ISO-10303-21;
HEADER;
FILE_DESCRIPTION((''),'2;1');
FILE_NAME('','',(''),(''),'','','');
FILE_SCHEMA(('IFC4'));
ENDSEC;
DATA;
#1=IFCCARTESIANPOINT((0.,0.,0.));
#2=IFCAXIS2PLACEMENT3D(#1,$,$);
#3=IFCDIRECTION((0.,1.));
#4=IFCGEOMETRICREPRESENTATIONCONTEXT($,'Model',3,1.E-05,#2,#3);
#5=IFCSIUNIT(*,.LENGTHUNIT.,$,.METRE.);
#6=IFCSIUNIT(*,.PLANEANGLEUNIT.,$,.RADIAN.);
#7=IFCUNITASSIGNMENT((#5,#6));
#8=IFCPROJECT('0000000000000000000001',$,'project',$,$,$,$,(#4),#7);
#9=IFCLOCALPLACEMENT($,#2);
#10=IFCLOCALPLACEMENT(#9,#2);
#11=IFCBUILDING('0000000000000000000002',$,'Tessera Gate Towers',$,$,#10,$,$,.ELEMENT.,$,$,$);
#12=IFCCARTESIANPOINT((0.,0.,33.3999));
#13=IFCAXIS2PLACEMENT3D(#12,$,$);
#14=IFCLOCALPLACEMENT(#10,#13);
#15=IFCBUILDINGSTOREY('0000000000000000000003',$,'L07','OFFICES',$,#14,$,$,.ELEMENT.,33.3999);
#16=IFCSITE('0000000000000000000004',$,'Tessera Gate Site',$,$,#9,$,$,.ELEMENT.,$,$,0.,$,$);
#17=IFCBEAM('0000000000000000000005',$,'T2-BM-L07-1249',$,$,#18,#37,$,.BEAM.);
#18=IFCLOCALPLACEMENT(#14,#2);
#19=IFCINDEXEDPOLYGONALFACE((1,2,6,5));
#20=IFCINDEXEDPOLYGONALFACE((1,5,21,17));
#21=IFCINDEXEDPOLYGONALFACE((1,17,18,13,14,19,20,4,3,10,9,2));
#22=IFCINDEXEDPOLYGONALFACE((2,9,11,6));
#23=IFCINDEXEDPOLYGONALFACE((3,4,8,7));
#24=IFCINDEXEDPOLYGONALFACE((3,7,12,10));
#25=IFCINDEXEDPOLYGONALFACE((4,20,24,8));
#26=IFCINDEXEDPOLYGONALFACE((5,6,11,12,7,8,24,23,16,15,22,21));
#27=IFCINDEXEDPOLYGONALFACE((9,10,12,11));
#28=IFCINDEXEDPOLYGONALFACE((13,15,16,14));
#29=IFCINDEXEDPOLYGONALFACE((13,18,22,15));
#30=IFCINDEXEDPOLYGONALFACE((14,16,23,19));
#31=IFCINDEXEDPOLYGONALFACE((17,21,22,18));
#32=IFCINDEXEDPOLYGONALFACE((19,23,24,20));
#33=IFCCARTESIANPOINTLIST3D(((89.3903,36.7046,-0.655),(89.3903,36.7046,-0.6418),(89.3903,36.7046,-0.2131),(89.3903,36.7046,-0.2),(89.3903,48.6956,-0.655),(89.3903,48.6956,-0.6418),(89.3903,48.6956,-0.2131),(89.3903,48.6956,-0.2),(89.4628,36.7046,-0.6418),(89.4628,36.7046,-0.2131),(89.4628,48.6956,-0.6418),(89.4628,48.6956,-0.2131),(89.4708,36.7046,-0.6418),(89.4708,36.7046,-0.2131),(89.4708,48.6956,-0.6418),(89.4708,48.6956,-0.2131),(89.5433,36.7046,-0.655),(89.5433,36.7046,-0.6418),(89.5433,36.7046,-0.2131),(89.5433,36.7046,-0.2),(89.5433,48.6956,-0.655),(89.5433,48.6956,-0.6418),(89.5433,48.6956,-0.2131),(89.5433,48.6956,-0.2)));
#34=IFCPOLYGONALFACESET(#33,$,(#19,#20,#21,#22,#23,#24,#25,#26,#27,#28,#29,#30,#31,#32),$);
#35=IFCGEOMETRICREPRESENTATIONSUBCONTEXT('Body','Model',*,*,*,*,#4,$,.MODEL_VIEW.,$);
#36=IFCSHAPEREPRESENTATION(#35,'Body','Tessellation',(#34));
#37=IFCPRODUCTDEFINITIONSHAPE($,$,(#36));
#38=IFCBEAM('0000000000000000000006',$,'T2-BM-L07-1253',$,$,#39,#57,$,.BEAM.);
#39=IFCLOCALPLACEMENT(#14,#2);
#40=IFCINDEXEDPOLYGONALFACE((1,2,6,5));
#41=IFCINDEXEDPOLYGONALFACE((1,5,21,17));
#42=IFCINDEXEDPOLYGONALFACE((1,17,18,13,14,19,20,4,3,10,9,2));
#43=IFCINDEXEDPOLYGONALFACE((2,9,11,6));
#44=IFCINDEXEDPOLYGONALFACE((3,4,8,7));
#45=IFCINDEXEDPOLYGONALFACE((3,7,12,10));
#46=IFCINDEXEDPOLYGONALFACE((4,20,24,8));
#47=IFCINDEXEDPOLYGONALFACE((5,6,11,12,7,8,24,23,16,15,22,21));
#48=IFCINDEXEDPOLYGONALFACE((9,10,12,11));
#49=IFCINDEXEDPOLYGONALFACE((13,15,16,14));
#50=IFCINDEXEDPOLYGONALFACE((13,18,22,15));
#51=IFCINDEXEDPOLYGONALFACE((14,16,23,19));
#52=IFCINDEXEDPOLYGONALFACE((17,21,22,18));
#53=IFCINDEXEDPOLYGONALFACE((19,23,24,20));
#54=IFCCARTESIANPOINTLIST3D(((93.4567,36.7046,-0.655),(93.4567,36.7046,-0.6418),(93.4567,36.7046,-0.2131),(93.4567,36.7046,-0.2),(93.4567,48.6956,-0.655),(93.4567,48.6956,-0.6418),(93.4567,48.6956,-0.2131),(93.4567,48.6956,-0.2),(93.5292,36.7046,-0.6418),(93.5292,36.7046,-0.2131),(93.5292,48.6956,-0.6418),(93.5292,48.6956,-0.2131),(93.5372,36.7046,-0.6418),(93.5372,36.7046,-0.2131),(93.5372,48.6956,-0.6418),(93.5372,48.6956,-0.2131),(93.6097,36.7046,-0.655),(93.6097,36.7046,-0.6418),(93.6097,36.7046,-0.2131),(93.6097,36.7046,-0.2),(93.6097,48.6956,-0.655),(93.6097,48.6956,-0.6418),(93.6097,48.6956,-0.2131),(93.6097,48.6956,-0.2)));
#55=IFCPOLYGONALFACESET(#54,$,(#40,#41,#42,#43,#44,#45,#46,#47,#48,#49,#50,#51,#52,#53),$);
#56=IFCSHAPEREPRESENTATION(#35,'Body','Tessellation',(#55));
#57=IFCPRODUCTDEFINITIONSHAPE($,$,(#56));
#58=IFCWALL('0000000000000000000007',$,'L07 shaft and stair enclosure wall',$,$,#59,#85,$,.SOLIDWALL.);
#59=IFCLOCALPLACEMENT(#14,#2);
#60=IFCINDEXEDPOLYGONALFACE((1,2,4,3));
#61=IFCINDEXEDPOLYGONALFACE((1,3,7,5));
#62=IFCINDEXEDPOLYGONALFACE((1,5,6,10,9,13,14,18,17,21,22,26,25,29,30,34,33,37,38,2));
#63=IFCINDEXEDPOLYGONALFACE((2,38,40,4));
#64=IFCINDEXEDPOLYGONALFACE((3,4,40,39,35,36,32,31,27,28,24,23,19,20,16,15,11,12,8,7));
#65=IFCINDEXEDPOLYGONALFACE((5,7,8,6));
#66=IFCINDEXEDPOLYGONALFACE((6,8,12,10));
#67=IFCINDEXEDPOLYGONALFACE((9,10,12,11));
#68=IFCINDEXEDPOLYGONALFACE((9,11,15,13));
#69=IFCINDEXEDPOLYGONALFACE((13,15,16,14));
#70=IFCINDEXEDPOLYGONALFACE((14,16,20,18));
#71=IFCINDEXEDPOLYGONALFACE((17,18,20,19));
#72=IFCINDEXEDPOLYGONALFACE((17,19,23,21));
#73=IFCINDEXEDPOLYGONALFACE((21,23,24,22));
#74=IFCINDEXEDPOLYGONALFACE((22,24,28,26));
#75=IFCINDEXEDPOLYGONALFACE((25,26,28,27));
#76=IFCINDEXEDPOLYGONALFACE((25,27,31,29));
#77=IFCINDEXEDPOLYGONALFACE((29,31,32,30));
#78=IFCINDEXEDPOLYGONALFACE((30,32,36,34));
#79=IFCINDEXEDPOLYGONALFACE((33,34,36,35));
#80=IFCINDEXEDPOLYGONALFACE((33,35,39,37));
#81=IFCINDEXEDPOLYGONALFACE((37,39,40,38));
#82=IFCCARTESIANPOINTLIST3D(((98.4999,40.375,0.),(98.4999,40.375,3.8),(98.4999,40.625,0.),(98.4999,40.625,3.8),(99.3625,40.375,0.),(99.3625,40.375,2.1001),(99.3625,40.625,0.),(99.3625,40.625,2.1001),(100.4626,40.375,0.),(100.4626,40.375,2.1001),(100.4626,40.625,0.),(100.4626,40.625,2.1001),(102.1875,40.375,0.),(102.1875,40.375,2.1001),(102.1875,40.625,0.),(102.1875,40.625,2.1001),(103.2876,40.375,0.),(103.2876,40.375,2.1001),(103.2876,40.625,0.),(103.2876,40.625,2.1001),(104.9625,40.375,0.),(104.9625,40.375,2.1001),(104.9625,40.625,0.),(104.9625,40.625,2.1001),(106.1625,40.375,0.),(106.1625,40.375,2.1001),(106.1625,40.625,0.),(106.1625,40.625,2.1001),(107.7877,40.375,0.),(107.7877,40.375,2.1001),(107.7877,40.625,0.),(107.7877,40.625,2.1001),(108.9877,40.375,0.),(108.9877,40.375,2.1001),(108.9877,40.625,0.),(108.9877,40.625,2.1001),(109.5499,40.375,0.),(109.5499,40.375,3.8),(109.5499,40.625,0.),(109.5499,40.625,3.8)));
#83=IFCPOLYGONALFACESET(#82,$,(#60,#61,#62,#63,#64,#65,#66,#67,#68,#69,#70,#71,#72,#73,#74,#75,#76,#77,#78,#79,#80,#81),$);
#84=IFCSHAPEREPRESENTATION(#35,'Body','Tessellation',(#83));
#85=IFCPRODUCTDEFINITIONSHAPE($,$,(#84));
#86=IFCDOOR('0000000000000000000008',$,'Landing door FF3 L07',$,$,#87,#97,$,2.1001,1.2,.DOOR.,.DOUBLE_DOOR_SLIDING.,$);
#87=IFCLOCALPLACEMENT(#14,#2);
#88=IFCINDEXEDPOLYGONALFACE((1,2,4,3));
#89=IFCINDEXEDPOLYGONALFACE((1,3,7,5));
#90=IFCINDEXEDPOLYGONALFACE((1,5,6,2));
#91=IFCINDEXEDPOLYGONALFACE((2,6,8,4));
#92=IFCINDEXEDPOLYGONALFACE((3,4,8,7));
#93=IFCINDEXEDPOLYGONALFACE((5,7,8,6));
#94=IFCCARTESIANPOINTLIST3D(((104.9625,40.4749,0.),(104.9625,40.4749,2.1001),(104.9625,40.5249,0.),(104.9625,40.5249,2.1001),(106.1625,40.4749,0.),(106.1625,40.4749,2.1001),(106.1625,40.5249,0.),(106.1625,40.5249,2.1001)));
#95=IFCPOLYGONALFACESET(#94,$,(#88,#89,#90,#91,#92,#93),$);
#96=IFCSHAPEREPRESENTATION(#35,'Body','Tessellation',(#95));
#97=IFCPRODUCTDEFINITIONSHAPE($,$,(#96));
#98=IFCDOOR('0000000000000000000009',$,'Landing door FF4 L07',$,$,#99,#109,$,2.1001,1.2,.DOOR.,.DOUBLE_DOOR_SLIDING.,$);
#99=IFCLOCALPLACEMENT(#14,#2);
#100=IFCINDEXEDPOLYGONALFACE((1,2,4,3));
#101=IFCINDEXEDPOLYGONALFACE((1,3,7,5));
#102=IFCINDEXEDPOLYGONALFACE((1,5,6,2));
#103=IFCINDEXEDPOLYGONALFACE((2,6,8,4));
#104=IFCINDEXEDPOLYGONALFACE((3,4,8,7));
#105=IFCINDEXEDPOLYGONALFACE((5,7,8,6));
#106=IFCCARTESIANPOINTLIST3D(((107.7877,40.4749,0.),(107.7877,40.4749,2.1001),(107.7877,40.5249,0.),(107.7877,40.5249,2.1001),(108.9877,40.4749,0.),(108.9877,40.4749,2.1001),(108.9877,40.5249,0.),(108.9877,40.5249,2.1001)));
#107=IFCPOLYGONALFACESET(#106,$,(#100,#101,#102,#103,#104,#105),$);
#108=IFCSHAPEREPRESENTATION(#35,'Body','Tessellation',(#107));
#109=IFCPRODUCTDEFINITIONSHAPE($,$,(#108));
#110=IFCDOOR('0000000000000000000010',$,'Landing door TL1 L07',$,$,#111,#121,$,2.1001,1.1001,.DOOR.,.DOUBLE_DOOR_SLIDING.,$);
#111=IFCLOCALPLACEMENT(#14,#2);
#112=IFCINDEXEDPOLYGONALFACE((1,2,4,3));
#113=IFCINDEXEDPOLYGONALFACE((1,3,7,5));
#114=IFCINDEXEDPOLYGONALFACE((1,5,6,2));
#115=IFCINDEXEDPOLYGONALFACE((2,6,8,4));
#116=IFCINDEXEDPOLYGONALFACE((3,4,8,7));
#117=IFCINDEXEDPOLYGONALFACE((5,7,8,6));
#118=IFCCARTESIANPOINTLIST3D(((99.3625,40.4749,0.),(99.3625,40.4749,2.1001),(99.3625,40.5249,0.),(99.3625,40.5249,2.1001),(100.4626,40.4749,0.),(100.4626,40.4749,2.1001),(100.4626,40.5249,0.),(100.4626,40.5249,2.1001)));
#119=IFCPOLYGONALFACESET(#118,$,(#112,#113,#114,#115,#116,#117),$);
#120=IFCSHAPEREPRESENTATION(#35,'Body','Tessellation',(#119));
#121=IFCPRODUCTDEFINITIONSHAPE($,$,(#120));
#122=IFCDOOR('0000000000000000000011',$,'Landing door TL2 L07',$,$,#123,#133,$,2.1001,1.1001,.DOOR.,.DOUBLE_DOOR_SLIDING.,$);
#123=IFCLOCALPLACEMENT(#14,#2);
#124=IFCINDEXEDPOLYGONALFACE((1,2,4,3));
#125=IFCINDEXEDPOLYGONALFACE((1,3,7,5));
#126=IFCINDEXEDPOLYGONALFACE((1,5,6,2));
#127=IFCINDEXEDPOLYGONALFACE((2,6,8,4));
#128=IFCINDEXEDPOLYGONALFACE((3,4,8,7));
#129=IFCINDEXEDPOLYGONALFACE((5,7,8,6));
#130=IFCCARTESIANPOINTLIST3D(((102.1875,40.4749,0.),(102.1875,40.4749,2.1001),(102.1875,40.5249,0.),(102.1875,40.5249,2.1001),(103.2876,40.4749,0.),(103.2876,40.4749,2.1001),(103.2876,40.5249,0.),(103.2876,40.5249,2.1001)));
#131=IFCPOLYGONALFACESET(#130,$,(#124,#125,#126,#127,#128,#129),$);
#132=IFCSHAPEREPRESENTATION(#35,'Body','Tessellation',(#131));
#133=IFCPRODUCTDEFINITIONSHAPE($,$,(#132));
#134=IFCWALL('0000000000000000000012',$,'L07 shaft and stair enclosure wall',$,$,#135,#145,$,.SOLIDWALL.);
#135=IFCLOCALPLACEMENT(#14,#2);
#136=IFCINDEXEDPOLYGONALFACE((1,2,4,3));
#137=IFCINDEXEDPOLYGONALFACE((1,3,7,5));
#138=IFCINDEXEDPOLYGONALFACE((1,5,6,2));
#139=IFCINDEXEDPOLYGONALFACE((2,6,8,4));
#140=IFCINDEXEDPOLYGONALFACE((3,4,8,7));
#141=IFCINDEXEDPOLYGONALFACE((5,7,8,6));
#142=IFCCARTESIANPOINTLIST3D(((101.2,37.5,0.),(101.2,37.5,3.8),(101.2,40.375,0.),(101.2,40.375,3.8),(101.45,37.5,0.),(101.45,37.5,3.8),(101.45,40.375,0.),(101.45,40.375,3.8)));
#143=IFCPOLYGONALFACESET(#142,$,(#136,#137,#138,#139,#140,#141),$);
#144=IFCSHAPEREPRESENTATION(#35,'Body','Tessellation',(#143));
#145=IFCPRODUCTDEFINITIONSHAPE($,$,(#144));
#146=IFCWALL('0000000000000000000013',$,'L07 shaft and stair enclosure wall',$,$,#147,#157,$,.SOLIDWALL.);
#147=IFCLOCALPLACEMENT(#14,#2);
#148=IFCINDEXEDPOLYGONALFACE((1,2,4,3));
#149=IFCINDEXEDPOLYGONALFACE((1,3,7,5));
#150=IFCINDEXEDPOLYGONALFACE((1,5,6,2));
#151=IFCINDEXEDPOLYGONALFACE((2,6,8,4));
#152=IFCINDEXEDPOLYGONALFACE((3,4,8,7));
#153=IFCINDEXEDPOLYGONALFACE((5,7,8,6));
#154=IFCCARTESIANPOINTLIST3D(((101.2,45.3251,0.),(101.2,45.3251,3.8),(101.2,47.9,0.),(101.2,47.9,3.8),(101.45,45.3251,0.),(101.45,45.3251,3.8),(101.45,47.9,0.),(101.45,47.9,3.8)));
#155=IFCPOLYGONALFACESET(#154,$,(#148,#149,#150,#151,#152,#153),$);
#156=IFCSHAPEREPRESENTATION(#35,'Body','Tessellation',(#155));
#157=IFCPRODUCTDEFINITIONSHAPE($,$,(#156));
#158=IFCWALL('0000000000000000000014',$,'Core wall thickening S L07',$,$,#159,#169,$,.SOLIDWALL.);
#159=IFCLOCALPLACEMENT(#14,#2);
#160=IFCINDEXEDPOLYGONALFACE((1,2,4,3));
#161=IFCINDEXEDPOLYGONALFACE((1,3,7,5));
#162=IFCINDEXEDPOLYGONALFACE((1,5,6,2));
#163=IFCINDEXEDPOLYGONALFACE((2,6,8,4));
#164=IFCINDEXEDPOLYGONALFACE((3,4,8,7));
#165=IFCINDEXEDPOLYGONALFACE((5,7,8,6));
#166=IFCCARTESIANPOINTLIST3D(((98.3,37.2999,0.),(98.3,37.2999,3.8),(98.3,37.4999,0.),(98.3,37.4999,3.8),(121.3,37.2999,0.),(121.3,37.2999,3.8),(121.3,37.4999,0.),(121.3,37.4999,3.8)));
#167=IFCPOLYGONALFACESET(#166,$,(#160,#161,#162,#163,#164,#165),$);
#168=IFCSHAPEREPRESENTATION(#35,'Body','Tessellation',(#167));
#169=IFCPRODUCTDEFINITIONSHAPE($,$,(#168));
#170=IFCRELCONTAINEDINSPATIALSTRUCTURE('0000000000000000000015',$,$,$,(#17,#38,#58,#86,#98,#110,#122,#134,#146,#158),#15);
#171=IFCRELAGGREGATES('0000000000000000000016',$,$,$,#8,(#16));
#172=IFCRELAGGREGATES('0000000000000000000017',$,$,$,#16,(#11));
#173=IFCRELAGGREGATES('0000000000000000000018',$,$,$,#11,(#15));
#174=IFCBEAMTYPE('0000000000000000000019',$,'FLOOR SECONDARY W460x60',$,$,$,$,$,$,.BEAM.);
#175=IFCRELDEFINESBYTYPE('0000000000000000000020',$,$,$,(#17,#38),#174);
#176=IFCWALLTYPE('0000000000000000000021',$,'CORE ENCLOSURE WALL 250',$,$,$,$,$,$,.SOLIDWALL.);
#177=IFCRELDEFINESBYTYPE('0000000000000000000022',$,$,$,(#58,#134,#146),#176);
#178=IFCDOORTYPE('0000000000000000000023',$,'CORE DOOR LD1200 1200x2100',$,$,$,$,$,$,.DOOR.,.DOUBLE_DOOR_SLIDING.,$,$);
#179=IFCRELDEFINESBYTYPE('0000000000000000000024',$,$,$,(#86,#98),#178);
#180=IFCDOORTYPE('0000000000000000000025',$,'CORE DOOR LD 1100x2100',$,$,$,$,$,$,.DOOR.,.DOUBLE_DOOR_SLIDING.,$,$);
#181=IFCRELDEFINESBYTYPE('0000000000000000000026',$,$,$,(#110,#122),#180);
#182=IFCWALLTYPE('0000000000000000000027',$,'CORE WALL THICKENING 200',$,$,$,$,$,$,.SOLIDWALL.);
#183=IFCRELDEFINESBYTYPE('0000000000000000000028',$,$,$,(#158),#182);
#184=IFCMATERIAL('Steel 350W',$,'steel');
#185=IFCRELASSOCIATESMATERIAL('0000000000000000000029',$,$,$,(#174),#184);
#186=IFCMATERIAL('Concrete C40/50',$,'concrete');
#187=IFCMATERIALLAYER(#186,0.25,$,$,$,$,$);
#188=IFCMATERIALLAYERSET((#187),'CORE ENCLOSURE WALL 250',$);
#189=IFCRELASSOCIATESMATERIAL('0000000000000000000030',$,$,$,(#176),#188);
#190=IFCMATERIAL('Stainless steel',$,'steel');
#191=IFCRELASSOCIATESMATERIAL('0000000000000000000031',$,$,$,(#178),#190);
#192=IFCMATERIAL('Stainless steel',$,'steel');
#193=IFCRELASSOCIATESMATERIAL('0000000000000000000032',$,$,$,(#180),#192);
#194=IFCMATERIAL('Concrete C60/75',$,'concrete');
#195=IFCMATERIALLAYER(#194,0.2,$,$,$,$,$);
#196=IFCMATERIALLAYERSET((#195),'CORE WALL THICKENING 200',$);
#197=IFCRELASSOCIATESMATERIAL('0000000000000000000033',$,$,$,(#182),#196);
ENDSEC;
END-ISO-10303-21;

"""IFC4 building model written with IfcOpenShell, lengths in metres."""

from ifc_helpers import new_model, si_unit, direction, frame, frame_2d, origin, origin_2d, place, context, subcontext, project, spatial, rectangle, i_section, extrude, source, transform, mapped, material, layer, layer_set, material_profile, profile_set, type_object, element, fill, save


model = new_model("IFC4")

# Units and contexts
model_context = context("Model", 3, precision=1e-05, world=origin(), true_north=direction((0.0, 1.0)))
body_context = subcontext(model_context, "Body", "Model", "MODEL_VIEW")
ifc_project = project(units=[si_unit("LENGTHUNIT", "METRE"), si_unit("PLANEANGLEUNIT", "RADIAN")], contexts=[model_context])

# Site, building, storey
site_placement = place(None, origin())
site = spatial("IfcSite", under=ifc_project, at=site_placement, Name="Tessera Gate Site", CompositionType="ELEMENT", RefElevation=0.0)
building_placement = place(site_placement, origin())
building = spatial("IfcBuilding", under=site, at=building_placement, Name="Tessera Gate Towers", CompositionType="ELEMENT")
storey_placement = place(building_placement, frame((0.0, 0.0, 33.3999)))
storey = spatial("IfcBuildingStorey", under=building, at=storey_placement, Name="L07", Description="OFFICES", CompositionType="ELEMENT", Elevation=33.3999)

# Beams
ifc_material_1 = material(Name="Steel 350W", Category="steel")
ifc_material_profile = material_profile(ifc_material_1, i_section(OverallWidth=0.1531, OverallDepth=0.4551, WebThickness=0.0081, FlangeThickness=0.0132, at=origin_2d()), Name="W460x60")
ifc_profile_set = profile_set([ifc_material_profile], Name="Steel 350W")
beam_type = type_object("IfcBeamType", Name="FLOOR SECONDARY W460x60", PredefinedType="BEAM", material=ifc_profile_set)
for number, where, z_axis, x_axis, name in (
    (1, (89.4668, 36.7046, -0.4275), (0.0, 1.0, 0.0), (-1.0, 0.0, 0.0), "T2-BM-L07-1249"),
    (2, (93.5332, 36.7046, -0.4275), (0.0, 1.0, 0.0), (-1.0, 0.0, 0.0), "T2-BM-L07-1253"),
):
    element("IfcBeam", number, at=place(storey_placement, frame(where, z_axis=z_axis, x_axis=x_axis)), inside=storey, type_object=beam_type, Name=name, PredefinedType="BEAM", context=body_context, shape_type="SweptSolid", body=[
        extrude(i_section(OverallWidth=0.1531, OverallDepth=0.4551, WebThickness=0.0081, FlangeThickness=0.0132, at=origin_2d()), origin(), (0.0, 0.0, 1.0), 11.991),
    ])

# Wall, openings, doors
ifc_material_2 = material(Name="Concrete C40/50", Category="concrete")
ifc_layer_1 = layer(ifc_material_2, 0.25)
ifc_layer_set_1 = layer_set([ifc_layer_1], Name="CORE ENCLOSURE WALL 250")
wall_type_1 = type_object("IfcWallType", Name="CORE ENCLOSURE WALL 250", PredefinedType="SOLIDWALL", material=ifc_layer_set_1)
wall_1_placement = place(storey_placement, frame((98.5, 40.5, 0.0), z_axis=(0.0, 0.0, 1.0), x_axis=(1.0, 0.0, 0.0)))
wall_1 = element("IfcWall", 3, at=wall_1_placement, inside=storey, type_object=wall_type_1, Name="L07 shaft and stair enclosure wall", PredefinedType="SOLIDWALL", context=body_context, shape_type="SweptSolid", body=[
    extrude(rectangle(XDim=11.05, YDim=0.25, at=frame_2d((5.5249, 0.0))), origin(), (0.0, 0.0, 1.0), 3.8),
])
shared_shape_1 = source(origin(), body_context, "Body", "SweptSolid", [
    extrude(rectangle(XDim=1.1001, YDim=2.1001, at=frame_2d((0.55, 1.05))), frame((0.0, 0.135, 0.0), z_axis=(0.0, -1.0, 0.0), x_axis=(1.0, 0.0, 0.0)), (0.0, 0.0, 1.0), 0.27),
])
opening_1_placement = place(wall_1_placement, frame((0.8625, 0.0, 0.0)))
opening_1 = element("IfcOpeningElement", 4, at=opening_1_placement, cuts=wall_1, PredefinedType="OPENING", context=body_context, shape_type="MappedRepresentation", body=[
    mapped(shared_shape_1, transform((0.0, 0.0, 0.0), scale=1.0)),
])
opening_2_placement = place(wall_1_placement, frame((3.6875, 0.0, 0.0)))
opening_2 = element("IfcOpeningElement", 5, at=opening_2_placement, cuts=wall_1, PredefinedType="OPENING", context=body_context, shape_type="MappedRepresentation", body=[
    mapped(shared_shape_1, transform((0.0, 0.0, 0.0), scale=1.0)),
])
shared_shape_2 = source(origin(), body_context, "Body", "SweptSolid", [
    extrude(rectangle(XDim=1.2, YDim=2.1001, at=frame_2d((0.6001, 1.05))), frame((0.0, 0.135, 0.0), z_axis=(0.0, -1.0, 0.0), x_axis=(1.0, 0.0, 0.0)), (0.0, 0.0, 1.0), 0.27),
])
opening_3_placement = place(wall_1_placement, frame((6.4624, 0.0, 0.0)))
opening_3 = element("IfcOpeningElement", 6, at=opening_3_placement, cuts=wall_1, PredefinedType="OPENING", context=body_context, shape_type="MappedRepresentation", body=[
    mapped(shared_shape_2, transform((0.0, 0.0, 0.0), scale=1.0)),
])
opening_4_placement = place(wall_1_placement, frame((9.2876, 0.0, 0.0)))
opening_4 = element("IfcOpeningElement", 7, at=opening_4_placement, cuts=wall_1, PredefinedType="OPENING", context=body_context, shape_type="MappedRepresentation", body=[
    mapped(shared_shape_2, transform((0.0, 0.0, 0.0), scale=1.0)),
])
ifc_material_3 = material(Name="Stainless steel", Category="steel")
door_type_1 = type_object("IfcDoorType", Name="CORE DOOR LD1200 1200x2100", OperationType="DOUBLE_DOOR_SLIDING", PredefinedType="DOOR", material=ifc_material_3)
shared_shape_3 = source(origin(), body_context, "Body", "SweptSolid", [
    extrude(rectangle(XDim=1.2, YDim=2.1001, at=frame_2d((0.6001, 1.05))), frame((0.0, 0.0249, 0.0), z_axis=(0.0, -1.0, 0.0), x_axis=(1.0, 0.0, 0.0)), (0.0, 0.0, 1.0), 0.05),
])
door_1_placement = place(opening_3_placement, origin())
door_1 = element("IfcDoor", 8, at=door_1_placement, inside=storey, type_object=door_type_1, Name="Landing door FF3 L07", OperationType="DOUBLE_DOOR_SLIDING", OverallHeight=2.1001, OverallWidth=1.2, PredefinedType="DOOR", context=body_context, shape_type="MappedRepresentation", body=[
    mapped(shared_shape_3, transform((0.0, 0.0, 0.0), scale=1.0)),
])
fill(opening_3, door_1)
door_2_placement = place(opening_4_placement, origin())
door_2 = element("IfcDoor", 9, at=door_2_placement, inside=storey, type_object=door_type_1, Name="Landing door FF4 L07", OperationType="DOUBLE_DOOR_SLIDING", OverallHeight=2.1001, OverallWidth=1.2, PredefinedType="DOOR", context=body_context, shape_type="MappedRepresentation", body=[
    mapped(shared_shape_3, transform((0.0, 0.0, 0.0), scale=1.0)),
])
fill(opening_4, door_2)
ifc_material_4 = material(Name="Stainless steel", Category="steel")
door_type_2 = type_object("IfcDoorType", Name="CORE DOOR LD 1100x2100", OperationType="DOUBLE_DOOR_SLIDING", PredefinedType="DOOR", material=ifc_material_4)
shared_shape_4 = source(origin(), body_context, "Body", "SweptSolid", [
    extrude(rectangle(XDim=1.1001, YDim=2.1001, at=frame_2d((0.55, 1.05))), frame((0.0, 0.0249, 0.0), z_axis=(0.0, -1.0, 0.0), x_axis=(1.0, 0.0, 0.0)), (0.0, 0.0, 1.0), 0.05),
])
door_3_placement = place(opening_1_placement, origin())
door_3 = element("IfcDoor", 10, at=door_3_placement, inside=storey, type_object=door_type_2, Name="Landing door TL1 L07", OperationType="DOUBLE_DOOR_SLIDING", OverallHeight=2.1001, OverallWidth=1.1001, PredefinedType="DOOR", context=body_context, shape_type="MappedRepresentation", body=[
    mapped(shared_shape_4, transform((0.0, 0.0, 0.0), scale=1.0)),
])
fill(opening_1, door_3)
door_4_placement = place(opening_2_placement, origin())
door_4 = element("IfcDoor", 11, at=door_4_placement, inside=storey, type_object=door_type_2, Name="Landing door TL2 L07", OperationType="DOUBLE_DOOR_SLIDING", OverallHeight=2.1001, OverallWidth=1.1001, PredefinedType="DOOR", context=body_context, shape_type="MappedRepresentation", body=[
    mapped(shared_shape_4, transform((0.0, 0.0, 0.0), scale=1.0)),
])
fill(opening_2, door_4)

# Walls
wall_2_placement = place(storey_placement, frame((101.325, 37.5, 0.0), z_axis=(0.0, 0.0, 1.0), x_axis=(0.0, 1.0, 0.0)))
element("IfcWall", 12, at=wall_2_placement, inside=storey, type_object=wall_type_1, Name="L07 shaft and stair enclosure wall", PredefinedType="SOLIDWALL", context=body_context, shape_type="SweptSolid", body=[
    extrude(rectangle(XDim=2.875, YDim=0.25, at=frame_2d((1.4375, 0.0))), origin(), (0.0, 0.0, 1.0), 3.8),
])
wall_3_placement = place(storey_placement, frame((101.325, 45.325, 0.0), z_axis=(0.0, 0.0, 1.0), x_axis=(0.0, 1.0, 0.0)))
element("IfcWall", 13, at=wall_3_placement, inside=storey, type_object=wall_type_1, Name="L07 shaft and stair enclosure wall", PredefinedType="SOLIDWALL", context=body_context, shape_type="SweptSolid", body=[
    extrude(rectangle(XDim=2.575, YDim=0.25, at=frame_2d((1.2876, 0.0))), origin(), (0.0, 0.0, 1.0), 3.8),
])

# Wall
ifc_material_5 = material(Name="Concrete C60/75", Category="concrete")
ifc_layer_2 = layer(ifc_material_5, 0.2)
ifc_layer_set_2 = layer_set([ifc_layer_2], Name="CORE WALL THICKENING 200")
wall_type_2 = type_object("IfcWallType", Name="CORE WALL THICKENING 200", PredefinedType="SOLIDWALL", material=ifc_layer_set_2)
wall_4_placement = place(storey_placement, frame((98.3, 37.3999, 0.0), z_axis=(0.0, 0.0, 1.0), x_axis=(1.0, 0.0, 0.0)))
element("IfcWall", 14, at=wall_4_placement, inside=storey, type_object=wall_type_2, Name="Core wall thickening S L07", PredefinedType="SOLIDWALL", context=body_context, shape_type="SweptSolid", body=[
    extrude(rectangle(XDim=23.0, YDim=0.2, at=frame_2d((11.5, 0.0))), origin(), (0.0, 0.0, 1.0), 3.8),
])

save(model, "model.ifc")
